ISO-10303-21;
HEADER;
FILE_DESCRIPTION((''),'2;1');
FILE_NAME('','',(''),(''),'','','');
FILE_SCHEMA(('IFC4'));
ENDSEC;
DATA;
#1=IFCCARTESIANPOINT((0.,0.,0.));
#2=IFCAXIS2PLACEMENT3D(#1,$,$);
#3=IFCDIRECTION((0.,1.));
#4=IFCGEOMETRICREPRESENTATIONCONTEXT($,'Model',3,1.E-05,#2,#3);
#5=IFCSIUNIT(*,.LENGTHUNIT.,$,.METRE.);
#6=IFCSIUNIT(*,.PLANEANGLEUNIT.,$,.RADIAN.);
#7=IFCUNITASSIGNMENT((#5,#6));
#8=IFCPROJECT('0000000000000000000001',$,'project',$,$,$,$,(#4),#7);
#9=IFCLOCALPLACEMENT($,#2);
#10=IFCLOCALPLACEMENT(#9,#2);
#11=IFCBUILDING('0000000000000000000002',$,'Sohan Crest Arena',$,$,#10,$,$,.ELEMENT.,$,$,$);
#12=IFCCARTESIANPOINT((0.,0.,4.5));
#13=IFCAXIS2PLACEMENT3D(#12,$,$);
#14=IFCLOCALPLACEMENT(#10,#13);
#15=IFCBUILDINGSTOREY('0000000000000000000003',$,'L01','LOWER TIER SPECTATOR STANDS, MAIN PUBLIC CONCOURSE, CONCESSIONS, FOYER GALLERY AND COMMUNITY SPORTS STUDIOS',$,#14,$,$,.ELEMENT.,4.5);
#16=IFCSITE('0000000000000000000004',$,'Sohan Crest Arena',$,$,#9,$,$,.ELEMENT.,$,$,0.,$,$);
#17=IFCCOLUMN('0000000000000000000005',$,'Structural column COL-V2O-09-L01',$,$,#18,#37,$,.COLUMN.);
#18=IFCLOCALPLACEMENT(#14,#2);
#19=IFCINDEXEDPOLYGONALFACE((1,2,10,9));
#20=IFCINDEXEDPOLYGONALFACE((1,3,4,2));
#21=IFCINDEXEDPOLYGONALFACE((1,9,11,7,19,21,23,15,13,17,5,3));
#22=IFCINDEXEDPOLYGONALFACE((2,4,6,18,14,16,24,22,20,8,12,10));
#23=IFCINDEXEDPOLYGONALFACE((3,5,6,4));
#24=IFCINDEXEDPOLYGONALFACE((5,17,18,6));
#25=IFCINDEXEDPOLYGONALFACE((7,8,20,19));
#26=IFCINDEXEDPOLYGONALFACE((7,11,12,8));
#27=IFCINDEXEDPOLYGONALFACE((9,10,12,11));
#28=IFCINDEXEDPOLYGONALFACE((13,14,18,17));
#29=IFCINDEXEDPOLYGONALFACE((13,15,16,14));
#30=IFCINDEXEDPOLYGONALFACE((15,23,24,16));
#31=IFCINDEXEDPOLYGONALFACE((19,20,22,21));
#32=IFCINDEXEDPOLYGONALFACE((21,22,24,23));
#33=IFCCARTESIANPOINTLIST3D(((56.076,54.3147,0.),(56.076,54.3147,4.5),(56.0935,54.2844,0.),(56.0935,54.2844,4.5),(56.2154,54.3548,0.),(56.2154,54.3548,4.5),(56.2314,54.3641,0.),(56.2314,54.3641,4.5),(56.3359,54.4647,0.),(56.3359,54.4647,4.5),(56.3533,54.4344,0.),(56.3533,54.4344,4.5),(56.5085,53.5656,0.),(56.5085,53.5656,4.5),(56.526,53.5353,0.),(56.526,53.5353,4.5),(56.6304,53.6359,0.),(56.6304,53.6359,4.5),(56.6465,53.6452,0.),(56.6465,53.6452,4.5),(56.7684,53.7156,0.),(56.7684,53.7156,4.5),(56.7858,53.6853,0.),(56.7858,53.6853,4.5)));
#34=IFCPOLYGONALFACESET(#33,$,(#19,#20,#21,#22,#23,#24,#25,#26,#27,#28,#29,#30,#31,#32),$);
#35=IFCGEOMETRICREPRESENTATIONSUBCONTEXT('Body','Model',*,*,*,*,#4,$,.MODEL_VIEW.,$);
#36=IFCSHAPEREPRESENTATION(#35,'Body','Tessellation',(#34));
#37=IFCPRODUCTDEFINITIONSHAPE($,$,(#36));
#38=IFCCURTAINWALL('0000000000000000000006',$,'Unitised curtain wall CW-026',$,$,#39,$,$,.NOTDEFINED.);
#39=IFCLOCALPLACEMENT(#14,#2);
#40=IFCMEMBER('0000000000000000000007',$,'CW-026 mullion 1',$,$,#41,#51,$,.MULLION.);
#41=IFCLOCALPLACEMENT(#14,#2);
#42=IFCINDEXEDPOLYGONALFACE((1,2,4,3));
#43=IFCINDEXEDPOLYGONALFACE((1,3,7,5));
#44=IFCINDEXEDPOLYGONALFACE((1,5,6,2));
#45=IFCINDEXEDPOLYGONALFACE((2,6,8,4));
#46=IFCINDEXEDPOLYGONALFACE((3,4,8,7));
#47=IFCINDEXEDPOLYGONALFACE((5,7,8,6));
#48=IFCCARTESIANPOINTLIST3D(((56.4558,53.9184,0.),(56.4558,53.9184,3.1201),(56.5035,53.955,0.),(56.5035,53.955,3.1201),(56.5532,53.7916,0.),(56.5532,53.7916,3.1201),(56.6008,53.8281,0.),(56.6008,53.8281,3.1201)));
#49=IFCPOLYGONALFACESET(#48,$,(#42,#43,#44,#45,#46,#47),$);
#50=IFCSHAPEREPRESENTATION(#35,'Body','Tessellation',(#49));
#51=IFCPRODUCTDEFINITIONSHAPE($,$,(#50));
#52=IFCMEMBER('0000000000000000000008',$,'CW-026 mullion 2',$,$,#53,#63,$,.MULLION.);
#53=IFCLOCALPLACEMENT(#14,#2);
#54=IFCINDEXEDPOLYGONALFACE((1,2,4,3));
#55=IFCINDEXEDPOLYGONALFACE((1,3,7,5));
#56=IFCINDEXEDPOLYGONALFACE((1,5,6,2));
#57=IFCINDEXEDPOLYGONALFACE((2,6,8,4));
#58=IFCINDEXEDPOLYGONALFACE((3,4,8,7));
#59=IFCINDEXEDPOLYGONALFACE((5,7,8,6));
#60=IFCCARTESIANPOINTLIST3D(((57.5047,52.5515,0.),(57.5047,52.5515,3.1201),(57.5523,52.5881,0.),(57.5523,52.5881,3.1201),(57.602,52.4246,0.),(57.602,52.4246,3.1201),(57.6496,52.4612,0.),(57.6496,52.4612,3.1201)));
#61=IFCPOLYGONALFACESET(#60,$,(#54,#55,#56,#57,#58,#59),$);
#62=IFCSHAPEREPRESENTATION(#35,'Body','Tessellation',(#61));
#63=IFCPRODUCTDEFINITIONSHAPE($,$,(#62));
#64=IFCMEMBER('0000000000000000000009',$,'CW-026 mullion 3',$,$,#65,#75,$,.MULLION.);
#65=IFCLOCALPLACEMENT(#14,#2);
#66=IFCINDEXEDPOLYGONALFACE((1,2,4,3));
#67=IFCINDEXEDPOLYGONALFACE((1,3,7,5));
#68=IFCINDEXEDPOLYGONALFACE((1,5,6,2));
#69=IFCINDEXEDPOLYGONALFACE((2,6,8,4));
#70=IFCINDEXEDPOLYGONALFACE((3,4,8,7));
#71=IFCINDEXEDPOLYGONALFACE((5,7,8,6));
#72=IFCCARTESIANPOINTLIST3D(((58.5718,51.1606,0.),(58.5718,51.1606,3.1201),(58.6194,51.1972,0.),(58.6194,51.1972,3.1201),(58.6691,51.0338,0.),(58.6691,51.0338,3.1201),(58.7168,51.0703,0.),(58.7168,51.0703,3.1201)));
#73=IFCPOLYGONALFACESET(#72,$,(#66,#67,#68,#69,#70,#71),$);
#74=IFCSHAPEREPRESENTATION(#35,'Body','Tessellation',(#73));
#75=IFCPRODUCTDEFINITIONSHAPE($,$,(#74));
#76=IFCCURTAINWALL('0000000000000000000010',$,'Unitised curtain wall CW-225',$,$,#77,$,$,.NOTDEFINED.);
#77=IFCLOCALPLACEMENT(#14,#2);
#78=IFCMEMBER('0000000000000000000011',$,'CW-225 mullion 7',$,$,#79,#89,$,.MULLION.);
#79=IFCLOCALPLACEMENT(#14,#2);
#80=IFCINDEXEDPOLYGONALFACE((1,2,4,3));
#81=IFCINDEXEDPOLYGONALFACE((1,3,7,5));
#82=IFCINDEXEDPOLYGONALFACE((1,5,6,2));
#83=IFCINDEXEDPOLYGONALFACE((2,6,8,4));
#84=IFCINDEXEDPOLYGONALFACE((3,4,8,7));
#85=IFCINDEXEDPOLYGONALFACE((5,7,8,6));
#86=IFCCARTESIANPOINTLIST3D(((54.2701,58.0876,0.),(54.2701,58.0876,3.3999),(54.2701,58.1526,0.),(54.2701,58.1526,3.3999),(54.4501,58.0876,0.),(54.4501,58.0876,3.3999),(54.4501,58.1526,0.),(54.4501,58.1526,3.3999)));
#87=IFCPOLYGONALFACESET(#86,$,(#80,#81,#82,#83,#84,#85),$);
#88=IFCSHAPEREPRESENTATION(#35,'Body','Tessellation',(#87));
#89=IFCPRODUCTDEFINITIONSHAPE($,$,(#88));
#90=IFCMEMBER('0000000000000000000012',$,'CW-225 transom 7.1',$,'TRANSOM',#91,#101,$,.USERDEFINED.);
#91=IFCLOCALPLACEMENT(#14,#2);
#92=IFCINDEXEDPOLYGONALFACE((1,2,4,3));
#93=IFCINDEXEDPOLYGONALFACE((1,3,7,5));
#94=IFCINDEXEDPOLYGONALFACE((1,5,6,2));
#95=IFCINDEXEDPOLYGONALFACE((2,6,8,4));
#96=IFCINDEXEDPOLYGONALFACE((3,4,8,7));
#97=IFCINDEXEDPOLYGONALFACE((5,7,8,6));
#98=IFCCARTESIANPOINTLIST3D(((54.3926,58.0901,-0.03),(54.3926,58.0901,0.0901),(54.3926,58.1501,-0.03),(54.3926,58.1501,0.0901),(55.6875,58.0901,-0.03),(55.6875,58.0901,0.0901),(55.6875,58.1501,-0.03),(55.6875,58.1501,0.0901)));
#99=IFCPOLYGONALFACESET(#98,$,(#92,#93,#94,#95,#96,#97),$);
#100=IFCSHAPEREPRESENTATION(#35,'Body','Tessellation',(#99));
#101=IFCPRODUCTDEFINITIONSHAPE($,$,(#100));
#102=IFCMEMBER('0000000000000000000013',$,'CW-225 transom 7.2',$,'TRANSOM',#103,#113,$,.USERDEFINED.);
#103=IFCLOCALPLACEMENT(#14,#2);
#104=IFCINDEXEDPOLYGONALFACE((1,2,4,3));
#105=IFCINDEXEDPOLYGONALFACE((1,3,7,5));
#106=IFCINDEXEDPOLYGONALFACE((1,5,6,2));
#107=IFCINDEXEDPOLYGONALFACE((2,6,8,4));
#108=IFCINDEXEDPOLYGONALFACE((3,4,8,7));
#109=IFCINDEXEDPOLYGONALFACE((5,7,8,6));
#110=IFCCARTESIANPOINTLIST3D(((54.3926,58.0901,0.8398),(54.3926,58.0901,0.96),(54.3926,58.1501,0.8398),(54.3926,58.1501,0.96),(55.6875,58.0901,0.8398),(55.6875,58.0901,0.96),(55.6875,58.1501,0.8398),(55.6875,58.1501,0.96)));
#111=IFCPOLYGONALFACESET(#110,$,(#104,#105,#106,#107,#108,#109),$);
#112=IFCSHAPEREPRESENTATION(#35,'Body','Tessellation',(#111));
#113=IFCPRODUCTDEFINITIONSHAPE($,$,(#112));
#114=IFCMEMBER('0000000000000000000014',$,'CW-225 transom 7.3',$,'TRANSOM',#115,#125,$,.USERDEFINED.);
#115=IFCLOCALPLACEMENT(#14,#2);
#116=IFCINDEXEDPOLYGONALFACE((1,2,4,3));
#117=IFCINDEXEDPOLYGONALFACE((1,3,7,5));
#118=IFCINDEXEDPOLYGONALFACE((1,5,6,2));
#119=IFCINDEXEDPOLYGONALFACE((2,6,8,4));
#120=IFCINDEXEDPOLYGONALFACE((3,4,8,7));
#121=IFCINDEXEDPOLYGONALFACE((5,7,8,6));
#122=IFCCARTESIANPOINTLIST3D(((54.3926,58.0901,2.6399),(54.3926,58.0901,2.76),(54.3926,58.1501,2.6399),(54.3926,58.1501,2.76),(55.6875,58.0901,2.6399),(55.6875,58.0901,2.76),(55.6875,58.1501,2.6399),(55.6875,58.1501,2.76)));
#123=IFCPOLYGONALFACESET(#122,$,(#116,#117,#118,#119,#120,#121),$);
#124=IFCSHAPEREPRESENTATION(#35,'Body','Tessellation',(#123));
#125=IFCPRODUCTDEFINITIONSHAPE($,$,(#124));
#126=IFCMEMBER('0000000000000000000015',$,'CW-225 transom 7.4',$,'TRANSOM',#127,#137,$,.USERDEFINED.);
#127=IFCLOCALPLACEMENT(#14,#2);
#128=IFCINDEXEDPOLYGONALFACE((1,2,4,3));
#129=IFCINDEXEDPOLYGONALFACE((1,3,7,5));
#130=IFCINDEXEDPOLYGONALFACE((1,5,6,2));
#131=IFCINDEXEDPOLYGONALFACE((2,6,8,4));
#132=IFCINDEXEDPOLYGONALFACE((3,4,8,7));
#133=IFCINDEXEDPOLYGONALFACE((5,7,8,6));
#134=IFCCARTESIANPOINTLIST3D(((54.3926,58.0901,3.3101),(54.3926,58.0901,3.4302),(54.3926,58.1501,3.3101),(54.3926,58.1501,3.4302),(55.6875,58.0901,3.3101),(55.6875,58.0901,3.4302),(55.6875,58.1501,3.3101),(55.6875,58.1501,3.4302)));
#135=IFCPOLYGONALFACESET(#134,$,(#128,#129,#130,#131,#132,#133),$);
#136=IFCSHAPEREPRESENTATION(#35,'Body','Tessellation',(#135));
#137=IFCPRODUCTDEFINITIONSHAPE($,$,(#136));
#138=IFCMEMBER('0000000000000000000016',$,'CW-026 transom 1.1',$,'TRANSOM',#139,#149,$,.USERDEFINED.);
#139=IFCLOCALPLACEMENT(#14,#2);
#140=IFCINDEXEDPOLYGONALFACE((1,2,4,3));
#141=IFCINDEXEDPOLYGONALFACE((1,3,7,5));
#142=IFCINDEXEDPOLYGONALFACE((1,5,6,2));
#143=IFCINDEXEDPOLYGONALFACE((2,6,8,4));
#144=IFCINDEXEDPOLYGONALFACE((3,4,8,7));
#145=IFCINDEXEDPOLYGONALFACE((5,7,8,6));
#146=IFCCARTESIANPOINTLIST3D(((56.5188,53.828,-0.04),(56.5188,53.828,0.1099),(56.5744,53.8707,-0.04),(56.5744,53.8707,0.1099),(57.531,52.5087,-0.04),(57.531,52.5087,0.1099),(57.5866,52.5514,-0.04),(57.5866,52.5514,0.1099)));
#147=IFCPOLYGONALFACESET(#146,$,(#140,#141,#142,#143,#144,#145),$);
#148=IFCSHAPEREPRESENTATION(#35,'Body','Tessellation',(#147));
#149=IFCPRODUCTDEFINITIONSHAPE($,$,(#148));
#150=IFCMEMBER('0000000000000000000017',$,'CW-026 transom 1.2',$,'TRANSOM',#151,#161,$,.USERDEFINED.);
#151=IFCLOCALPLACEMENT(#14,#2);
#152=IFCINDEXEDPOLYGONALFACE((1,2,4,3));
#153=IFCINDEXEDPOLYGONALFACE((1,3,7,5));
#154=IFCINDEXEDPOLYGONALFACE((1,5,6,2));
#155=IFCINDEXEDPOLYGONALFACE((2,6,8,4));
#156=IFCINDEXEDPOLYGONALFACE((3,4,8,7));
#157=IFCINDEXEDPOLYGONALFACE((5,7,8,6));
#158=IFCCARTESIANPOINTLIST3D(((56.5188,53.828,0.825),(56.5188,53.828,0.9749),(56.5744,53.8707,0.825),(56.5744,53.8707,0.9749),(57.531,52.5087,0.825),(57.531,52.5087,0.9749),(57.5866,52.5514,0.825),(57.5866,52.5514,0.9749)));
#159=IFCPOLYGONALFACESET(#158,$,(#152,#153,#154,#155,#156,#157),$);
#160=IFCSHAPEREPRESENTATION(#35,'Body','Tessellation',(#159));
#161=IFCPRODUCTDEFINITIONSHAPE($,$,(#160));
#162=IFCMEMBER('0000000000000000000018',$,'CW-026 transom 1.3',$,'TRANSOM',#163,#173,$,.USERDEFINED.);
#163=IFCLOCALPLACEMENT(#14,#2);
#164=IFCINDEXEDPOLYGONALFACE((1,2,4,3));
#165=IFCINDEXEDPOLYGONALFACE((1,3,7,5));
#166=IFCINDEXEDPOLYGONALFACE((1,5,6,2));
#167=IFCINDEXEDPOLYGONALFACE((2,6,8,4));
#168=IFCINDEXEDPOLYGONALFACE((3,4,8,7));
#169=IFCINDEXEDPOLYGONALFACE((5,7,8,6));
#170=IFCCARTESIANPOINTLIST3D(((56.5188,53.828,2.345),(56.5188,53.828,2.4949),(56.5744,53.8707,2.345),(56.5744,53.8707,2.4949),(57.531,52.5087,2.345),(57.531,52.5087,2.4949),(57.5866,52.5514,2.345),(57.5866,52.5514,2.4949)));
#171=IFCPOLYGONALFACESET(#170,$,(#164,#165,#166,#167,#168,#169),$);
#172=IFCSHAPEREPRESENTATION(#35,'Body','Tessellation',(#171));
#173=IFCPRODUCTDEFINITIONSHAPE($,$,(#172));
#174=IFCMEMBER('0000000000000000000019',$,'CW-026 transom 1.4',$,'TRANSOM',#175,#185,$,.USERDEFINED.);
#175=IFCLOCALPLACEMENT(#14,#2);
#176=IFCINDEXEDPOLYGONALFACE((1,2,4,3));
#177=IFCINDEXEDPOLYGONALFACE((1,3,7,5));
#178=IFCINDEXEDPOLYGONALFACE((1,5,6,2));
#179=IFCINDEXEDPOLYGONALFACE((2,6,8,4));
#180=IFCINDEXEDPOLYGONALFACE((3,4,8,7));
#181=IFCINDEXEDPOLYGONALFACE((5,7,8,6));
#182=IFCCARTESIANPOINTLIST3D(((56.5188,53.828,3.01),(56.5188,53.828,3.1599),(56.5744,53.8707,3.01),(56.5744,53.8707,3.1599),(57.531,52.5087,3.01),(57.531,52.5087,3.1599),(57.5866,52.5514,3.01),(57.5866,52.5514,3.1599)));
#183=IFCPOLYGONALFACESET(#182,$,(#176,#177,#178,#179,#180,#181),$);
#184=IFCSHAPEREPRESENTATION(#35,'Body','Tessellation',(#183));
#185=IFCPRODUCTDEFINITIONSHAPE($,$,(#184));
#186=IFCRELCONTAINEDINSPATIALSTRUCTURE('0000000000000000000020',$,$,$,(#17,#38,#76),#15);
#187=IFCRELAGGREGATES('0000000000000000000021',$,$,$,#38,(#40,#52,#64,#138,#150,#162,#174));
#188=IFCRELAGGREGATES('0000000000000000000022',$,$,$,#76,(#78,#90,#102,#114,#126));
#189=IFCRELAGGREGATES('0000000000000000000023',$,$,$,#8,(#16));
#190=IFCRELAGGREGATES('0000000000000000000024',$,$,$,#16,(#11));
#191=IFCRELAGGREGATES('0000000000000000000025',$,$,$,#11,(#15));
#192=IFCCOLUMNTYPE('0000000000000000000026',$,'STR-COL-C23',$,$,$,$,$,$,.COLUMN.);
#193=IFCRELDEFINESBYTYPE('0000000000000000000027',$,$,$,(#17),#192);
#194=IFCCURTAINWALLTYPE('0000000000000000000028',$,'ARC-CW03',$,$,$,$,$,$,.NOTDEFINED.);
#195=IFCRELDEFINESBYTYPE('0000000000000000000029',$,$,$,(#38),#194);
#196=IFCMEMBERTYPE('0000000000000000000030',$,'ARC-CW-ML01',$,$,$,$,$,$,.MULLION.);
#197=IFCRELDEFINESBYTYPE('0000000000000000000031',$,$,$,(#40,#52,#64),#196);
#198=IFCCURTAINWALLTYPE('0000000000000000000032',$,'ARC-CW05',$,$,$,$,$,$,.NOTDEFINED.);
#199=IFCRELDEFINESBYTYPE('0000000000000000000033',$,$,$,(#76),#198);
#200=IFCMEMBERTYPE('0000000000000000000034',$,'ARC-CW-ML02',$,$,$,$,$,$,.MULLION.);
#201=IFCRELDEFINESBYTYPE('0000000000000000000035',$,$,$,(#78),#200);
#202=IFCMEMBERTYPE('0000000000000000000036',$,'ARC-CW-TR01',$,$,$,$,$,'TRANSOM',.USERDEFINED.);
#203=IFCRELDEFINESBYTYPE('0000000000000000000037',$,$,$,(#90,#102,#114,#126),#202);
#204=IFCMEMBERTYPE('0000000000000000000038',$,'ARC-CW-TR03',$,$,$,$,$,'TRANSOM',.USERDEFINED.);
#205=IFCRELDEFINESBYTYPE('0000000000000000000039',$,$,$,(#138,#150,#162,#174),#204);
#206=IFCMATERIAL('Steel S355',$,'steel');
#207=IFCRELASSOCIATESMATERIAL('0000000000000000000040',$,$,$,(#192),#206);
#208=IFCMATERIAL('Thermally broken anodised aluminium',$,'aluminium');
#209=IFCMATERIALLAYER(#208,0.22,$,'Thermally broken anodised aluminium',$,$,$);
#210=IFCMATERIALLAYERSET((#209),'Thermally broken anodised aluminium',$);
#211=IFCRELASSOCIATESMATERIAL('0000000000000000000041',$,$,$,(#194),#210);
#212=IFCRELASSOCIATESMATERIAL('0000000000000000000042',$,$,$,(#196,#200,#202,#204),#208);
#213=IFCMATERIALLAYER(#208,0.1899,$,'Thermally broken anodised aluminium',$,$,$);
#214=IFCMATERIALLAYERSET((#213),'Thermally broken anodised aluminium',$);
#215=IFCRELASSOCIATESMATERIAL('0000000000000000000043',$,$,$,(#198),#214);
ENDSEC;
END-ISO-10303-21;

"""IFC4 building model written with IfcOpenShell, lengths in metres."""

from ifc_helpers import new_model, si_unit, direction, frame, origin, origin_2d, place, context, subcontext, project, spatial, rectangle, i_section, extrude, material, layer, layer_set, material_profile, profile_set, type_object, element, aggregate, save


model = new_model("IFC4")

# Units and contexts
model_context = context("Model", 3, precision=1e-05, world=origin(), true_north=direction((0.0, 1.0)))
body_context = subcontext(model_context, "Body", "Model", "MODEL_VIEW")
ifc_project = project(units=[si_unit("LENGTHUNIT", "METRE"), si_unit("PLANEANGLEUNIT", "RADIAN")], contexts=[model_context])

# Site, building, storey
site_placement = place(None, origin())
site = spatial("IfcSite", under=ifc_project, at=site_placement, Name="Sohan Crest Arena", CompositionType="ELEMENT", RefElevation=0.0)
building_placement = place(site_placement, origin())
building = spatial("IfcBuilding", under=site, at=building_placement, Name="Sohan Crest Arena", CompositionType="ELEMENT")
storey_placement = place(building_placement, frame((0.0, 0.0, 4.5)))
storey = spatial("IfcBuildingStorey", under=building, at=storey_placement, Name="L01", Description="LOWER TIER SPECTATOR STANDS, MAIN PUBLIC CONCOURSE, CONCESSIONS, FOYER GALLERY AND COMMUNITY SPORTS STUDIOS", CompositionType="ELEMENT", Elevation=4.5)

# Column
ifc_material_1 = material(Name="Steel S355", Category="steel")
ifc_material_profile_1 = material_profile(ifc_material_1, i_section(OverallWidth=0.3, OverallDepth=0.8999, WebThickness=0.0186, FlangeThickness=0.0349, at=origin_2d()), Name="HEB 900")
ifc_profile_set_1 = profile_set([ifc_material_profile_1], Name="Steel S355")
column_type = type_object("IfcColumnType", Name="STR-COL-C23", PredefinedType="COLUMN", material=ifc_profile_set_1)
column_placement = place(storey_placement, frame((56.4309, 54.0, 0.0), z_axis=(0.0, 0.0, 1.0), x_axis=(0.866025, 0.5, 0.0)))
element("IfcColumn", 1, at=column_placement, inside=storey, type_object=column_type, Name="Structural column COL-V2O-09-L01", PredefinedType="COLUMN", context=body_context, shape_type="SweptSolid", body=[
    extrude(i_section(OverallWidth=0.3, OverallDepth=0.8999, WebThickness=0.0186, FlangeThickness=0.0349, at=origin_2d()), origin(), (0.0, 0.0, 1.0), 4.5),
])

# Curtain walls, members
ifc_material_2 = material(Name="Thermally broken anodised aluminium", Category="aluminium")
ifc_layer_1 = layer(ifc_material_2, 0.22, Name="Thermally broken anodised aluminium")
ifc_layer_set_1 = layer_set([ifc_layer_1], Name="Thermally broken anodised aluminium")
curtain_wall_type_1 = type_object("IfcCurtainWallType", Name="ARC-CW03", PredefinedType="NOTDEFINED", material=ifc_layer_set_1)
curtain_wall_1_placement = place(storey_placement, origin())
curtain_wall_1 = element("IfcCurtainWall", 2, at=curtain_wall_1_placement, inside=storey, type_object=curtain_wall_type_1, Name="Unitised curtain wall CW-026", PredefinedType="NOTDEFINED")
ifc_material_profile_2 = material_profile(ifc_material_2, rectangle(XDim=0.0601, YDim=0.1599, at=origin_2d()), Name="ALU-MULL 60x160")
ifc_profile_set_2 = profile_set([ifc_material_profile_2], Name="Thermally broken anodised aluminium")
member_type_1 = type_object("IfcMemberType", Name="ARC-CW-ML01", PredefinedType="MULLION", material=ifc_profile_set_2)
member_1_placement = place(storey_placement, frame((56.5283, 53.8733, 0.0), z_axis=(0.0, 0.0, 1.0), x_axis=(0.793351, 0.608765, 0.0)))
member_1 = element("IfcMember", 3, at=member_1_placement, type_object=member_type_1, Name="CW-026 mullion 1", PredefinedType="MULLION", context=body_context, shape_type="SweptSolid", body=[
    extrude(rectangle(XDim=0.0601, YDim=0.1599, at=origin_2d()), origin(), (0.0, 0.0, 1.0), 3.1201),
])
member_2_placement = place(storey_placement, frame((57.5771, 52.5063, 0.0), z_axis=(0.0, 0.0, 1.0), x_axis=(0.793351, 0.608765, 0.0)))
member_2 = element("IfcMember", 4, at=member_2_placement, type_object=member_type_1, Name="CW-026 mullion 2", PredefinedType="MULLION", context=body_context, shape_type="SweptSolid", body=[
    extrude(rectangle(XDim=0.0601, YDim=0.1599, at=origin_2d()), origin(), (0.0, 0.0, 1.0), 3.1201),
])
member_3_placement = place(storey_placement, frame((58.6443, 51.1155, 0.0), z_axis=(0.0, 0.0, 1.0), x_axis=(0.793351, 0.608765, 0.0)))
member_3 = element("IfcMember", 5, at=member_3_placement, type_object=member_type_1, Name="CW-026 mullion 3", PredefinedType="MULLION", context=body_context, shape_type="SweptSolid", body=[
    extrude(rectangle(XDim=0.0601, YDim=0.1599, at=origin_2d()), origin(), (0.0, 0.0, 1.0), 3.1201),
])
ifc_layer_2 = layer(ifc_material_2, 0.1899, Name="Thermally broken anodised aluminium")
ifc_layer_set_2 = layer_set([ifc_layer_2], Name="Thermally broken anodised aluminium")
curtain_wall_type_2 = type_object("IfcCurtainWallType", Name="ARC-CW05", PredefinedType="NOTDEFINED", material=ifc_layer_set_2)
curtain_wall_2_placement = place(storey_placement, origin())
curtain_wall_2 = element("IfcCurtainWall", 6, at=curtain_wall_2_placement, inside=storey, type_object=curtain_wall_type_2, Name="Unitised curtain wall CW-225", PredefinedType="NOTDEFINED")
ifc_material_profile_3 = material_profile(ifc_material_2, rectangle(XDim=0.0649, YDim=0.1799, at=origin_2d()), Name="ALU-MULL 65x180")
ifc_profile_set_3 = profile_set([ifc_material_profile_3], Name="Thermally broken anodised aluminium")
member_type_2 = type_object("IfcMemberType", Name="ARC-CW-ML02", PredefinedType="MULLION", material=ifc_profile_set_3)
member_4_placement = place(storey_placement, frame((54.3601, 58.1201, 0.0), z_axis=(0.0, 0.0, 1.0), x_axis=(0.0, 1.0, 0.0)))
member_4 = element("IfcMember", 7, at=member_4_placement, type_object=member_type_2, Name="CW-225 mullion 7", PredefinedType="MULLION", context=body_context, shape_type="SweptSolid", body=[
    extrude(rectangle(XDim=0.0649, YDim=0.1799, at=origin_2d()), origin(), (0.0, 0.0, 1.0), 3.3999),
])
ifc_material_profile_4 = material_profile(ifc_material_2, rectangle(XDim=0.0601, YDim=0.1201, at=origin_2d()), Name="ALU-TRAN 60x120")
ifc_profile_set_4 = profile_set([ifc_material_profile_4], Name="Thermally broken anodised aluminium")
member_type_3 = type_object("IfcMemberType", Name="ARC-CW-TR01", ElementType="TRANSOM", PredefinedType="USERDEFINED", material=ifc_profile_set_4)
member_5_placement = place(storey_placement, frame((54.3926, 58.1201, 0.03), z_axis=(1.0, 0.0, 0.0), x_axis=(0.0, 1.0, 0.0)))
member_5 = element("IfcMember", 8, at=member_5_placement, type_object=member_type_3, Name="CW-225 transom 7.1", ObjectType="TRANSOM", PredefinedType="USERDEFINED", context=body_context, shape_type="SweptSolid", body=[
    extrude(rectangle(XDim=0.0601, YDim=0.1201, at=origin_2d()), origin(), (0.0, 0.0, 1.0), 1.2949),
])
member_6_placement = place(storey_placement, frame((54.3926, 58.1201, 0.8999), z_axis=(1.0, 0.0, 0.0), x_axis=(0.0, 1.0, 0.0)))
member_6 = element("IfcMember", 9, at=member_6_placement, type_object=member_type_3, Name="CW-225 transom 7.2", ObjectType="TRANSOM", PredefinedType="USERDEFINED", context=body_context, shape_type="SweptSolid", body=[
    extrude(rectangle(XDim=0.0601, YDim=0.1201, at=origin_2d()), origin(), (0.0, 0.0, 1.0), 1.2949),
])
member_7_placement = place(storey_placement, frame((54.3926, 58.1201, 2.7), z_axis=(1.0, 0.0, 0.0), x_axis=(0.0, 1.0, 0.0)))
member_7 = element("IfcMember", 10, at=member_7_placement, type_object=member_type_3, Name="CW-225 transom 7.3", ObjectType="TRANSOM", PredefinedType="USERDEFINED", context=body_context, shape_type="SweptSolid", body=[
    extrude(rectangle(XDim=0.0601, YDim=0.1201, at=origin_2d()), origin(), (0.0, 0.0, 1.0), 1.2949),
])
member_8_placement = place(storey_placement, frame((54.3926, 58.1201, 3.3701), z_axis=(1.0, 0.0, 0.0), x_axis=(0.0, 1.0, 0.0)))
member_8 = element("IfcMember", 11, at=member_8_placement, type_object=member_type_3, Name="CW-225 transom 7.4", ObjectType="TRANSOM", PredefinedType="USERDEFINED", context=body_context, shape_type="SweptSolid", body=[
    extrude(rectangle(XDim=0.0601, YDim=0.1201, at=origin_2d()), origin(), (0.0, 0.0, 1.0), 1.2949),
])

# Members
ifc_material_profile_5 = material_profile(ifc_material_2, rectangle(XDim=0.0701, YDim=0.1499, at=origin_2d()), Name="ALU-TRAN 70x150")
ifc_profile_set_5 = profile_set([ifc_material_profile_5], Name="Thermally broken anodised aluminium")
member_type_4 = type_object("IfcMemberType", Name="ARC-CW-TR03", ElementType="TRANSOM", PredefinedType="USERDEFINED", material=ifc_profile_set_5)
member_9_placement = place(storey_placement, frame((56.5466, 53.8494, 0.0349), z_axis=(0.608703, -0.793398, 0.0), x_axis=(0.793398, 0.608703, 0.0)))
member_9 = element("IfcMember", 12, at=member_9_placement, type_object=member_type_4, Name="CW-026 transom 1.1", ObjectType="TRANSOM", PredefinedType="USERDEFINED", context=body_context, shape_type="SweptSolid", body=[
    extrude(rectangle(XDim=0.0701, YDim=0.1499, at=origin_2d()), origin(), (0.0, 0.0, 1.0), 1.6628),
])
member_10_placement = place(storey_placement, frame((56.5466, 53.8494, 0.8999), z_axis=(0.608703, -0.793398, 0.0), x_axis=(0.793398, 0.608703, 0.0)))
member_10 = element("IfcMember", 13, at=member_10_placement, type_object=member_type_4, Name="CW-026 transom 1.2", ObjectType="TRANSOM", PredefinedType="USERDEFINED", context=body_context, shape_type="SweptSolid", body=[
    extrude(rectangle(XDim=0.0701, YDim=0.1499, at=origin_2d()), origin(), (0.0, 0.0, 1.0), 1.6628),
])
member_11_placement = place(storey_placement, frame((56.5466, 53.8494, 2.4199), z_axis=(0.608703, -0.793398, 0.0), x_axis=(0.793398, 0.608703, 0.0)))
member_11 = element("IfcMember", 14, at=member_11_placement, type_object=member_type_4, Name="CW-026 transom 1.3", ObjectType="TRANSOM", PredefinedType="USERDEFINED", context=body_context, shape_type="SweptSolid", body=[
    extrude(rectangle(XDim=0.0701, YDim=0.1499, at=origin_2d()), origin(), (0.0, 0.0, 1.0), 1.6628),
])
member_12_placement = place(storey_placement, frame((56.5466, 53.8494, 3.085), z_axis=(0.608703, -0.793398, 0.0), x_axis=(0.793398, 0.608703, 0.0)))
member_12 = element("IfcMember", 15, at=member_12_placement, type_object=member_type_4, Name="CW-026 transom 1.4", ObjectType="TRANSOM", PredefinedType="USERDEFINED", context=body_context, shape_type="SweptSolid", body=[
    extrude(rectangle(XDim=0.0701, YDim=0.1499, at=origin_2d()), origin(), (0.0, 0.0, 1.0), 1.6628),
])

aggregate(curtain_wall_1, [member_1, member_2, member_3, member_9, member_10, member_11, member_12])
aggregate(curtain_wall_2, [member_4, member_5, member_6, member_7, member_8])

save(model, "model.ifc")
